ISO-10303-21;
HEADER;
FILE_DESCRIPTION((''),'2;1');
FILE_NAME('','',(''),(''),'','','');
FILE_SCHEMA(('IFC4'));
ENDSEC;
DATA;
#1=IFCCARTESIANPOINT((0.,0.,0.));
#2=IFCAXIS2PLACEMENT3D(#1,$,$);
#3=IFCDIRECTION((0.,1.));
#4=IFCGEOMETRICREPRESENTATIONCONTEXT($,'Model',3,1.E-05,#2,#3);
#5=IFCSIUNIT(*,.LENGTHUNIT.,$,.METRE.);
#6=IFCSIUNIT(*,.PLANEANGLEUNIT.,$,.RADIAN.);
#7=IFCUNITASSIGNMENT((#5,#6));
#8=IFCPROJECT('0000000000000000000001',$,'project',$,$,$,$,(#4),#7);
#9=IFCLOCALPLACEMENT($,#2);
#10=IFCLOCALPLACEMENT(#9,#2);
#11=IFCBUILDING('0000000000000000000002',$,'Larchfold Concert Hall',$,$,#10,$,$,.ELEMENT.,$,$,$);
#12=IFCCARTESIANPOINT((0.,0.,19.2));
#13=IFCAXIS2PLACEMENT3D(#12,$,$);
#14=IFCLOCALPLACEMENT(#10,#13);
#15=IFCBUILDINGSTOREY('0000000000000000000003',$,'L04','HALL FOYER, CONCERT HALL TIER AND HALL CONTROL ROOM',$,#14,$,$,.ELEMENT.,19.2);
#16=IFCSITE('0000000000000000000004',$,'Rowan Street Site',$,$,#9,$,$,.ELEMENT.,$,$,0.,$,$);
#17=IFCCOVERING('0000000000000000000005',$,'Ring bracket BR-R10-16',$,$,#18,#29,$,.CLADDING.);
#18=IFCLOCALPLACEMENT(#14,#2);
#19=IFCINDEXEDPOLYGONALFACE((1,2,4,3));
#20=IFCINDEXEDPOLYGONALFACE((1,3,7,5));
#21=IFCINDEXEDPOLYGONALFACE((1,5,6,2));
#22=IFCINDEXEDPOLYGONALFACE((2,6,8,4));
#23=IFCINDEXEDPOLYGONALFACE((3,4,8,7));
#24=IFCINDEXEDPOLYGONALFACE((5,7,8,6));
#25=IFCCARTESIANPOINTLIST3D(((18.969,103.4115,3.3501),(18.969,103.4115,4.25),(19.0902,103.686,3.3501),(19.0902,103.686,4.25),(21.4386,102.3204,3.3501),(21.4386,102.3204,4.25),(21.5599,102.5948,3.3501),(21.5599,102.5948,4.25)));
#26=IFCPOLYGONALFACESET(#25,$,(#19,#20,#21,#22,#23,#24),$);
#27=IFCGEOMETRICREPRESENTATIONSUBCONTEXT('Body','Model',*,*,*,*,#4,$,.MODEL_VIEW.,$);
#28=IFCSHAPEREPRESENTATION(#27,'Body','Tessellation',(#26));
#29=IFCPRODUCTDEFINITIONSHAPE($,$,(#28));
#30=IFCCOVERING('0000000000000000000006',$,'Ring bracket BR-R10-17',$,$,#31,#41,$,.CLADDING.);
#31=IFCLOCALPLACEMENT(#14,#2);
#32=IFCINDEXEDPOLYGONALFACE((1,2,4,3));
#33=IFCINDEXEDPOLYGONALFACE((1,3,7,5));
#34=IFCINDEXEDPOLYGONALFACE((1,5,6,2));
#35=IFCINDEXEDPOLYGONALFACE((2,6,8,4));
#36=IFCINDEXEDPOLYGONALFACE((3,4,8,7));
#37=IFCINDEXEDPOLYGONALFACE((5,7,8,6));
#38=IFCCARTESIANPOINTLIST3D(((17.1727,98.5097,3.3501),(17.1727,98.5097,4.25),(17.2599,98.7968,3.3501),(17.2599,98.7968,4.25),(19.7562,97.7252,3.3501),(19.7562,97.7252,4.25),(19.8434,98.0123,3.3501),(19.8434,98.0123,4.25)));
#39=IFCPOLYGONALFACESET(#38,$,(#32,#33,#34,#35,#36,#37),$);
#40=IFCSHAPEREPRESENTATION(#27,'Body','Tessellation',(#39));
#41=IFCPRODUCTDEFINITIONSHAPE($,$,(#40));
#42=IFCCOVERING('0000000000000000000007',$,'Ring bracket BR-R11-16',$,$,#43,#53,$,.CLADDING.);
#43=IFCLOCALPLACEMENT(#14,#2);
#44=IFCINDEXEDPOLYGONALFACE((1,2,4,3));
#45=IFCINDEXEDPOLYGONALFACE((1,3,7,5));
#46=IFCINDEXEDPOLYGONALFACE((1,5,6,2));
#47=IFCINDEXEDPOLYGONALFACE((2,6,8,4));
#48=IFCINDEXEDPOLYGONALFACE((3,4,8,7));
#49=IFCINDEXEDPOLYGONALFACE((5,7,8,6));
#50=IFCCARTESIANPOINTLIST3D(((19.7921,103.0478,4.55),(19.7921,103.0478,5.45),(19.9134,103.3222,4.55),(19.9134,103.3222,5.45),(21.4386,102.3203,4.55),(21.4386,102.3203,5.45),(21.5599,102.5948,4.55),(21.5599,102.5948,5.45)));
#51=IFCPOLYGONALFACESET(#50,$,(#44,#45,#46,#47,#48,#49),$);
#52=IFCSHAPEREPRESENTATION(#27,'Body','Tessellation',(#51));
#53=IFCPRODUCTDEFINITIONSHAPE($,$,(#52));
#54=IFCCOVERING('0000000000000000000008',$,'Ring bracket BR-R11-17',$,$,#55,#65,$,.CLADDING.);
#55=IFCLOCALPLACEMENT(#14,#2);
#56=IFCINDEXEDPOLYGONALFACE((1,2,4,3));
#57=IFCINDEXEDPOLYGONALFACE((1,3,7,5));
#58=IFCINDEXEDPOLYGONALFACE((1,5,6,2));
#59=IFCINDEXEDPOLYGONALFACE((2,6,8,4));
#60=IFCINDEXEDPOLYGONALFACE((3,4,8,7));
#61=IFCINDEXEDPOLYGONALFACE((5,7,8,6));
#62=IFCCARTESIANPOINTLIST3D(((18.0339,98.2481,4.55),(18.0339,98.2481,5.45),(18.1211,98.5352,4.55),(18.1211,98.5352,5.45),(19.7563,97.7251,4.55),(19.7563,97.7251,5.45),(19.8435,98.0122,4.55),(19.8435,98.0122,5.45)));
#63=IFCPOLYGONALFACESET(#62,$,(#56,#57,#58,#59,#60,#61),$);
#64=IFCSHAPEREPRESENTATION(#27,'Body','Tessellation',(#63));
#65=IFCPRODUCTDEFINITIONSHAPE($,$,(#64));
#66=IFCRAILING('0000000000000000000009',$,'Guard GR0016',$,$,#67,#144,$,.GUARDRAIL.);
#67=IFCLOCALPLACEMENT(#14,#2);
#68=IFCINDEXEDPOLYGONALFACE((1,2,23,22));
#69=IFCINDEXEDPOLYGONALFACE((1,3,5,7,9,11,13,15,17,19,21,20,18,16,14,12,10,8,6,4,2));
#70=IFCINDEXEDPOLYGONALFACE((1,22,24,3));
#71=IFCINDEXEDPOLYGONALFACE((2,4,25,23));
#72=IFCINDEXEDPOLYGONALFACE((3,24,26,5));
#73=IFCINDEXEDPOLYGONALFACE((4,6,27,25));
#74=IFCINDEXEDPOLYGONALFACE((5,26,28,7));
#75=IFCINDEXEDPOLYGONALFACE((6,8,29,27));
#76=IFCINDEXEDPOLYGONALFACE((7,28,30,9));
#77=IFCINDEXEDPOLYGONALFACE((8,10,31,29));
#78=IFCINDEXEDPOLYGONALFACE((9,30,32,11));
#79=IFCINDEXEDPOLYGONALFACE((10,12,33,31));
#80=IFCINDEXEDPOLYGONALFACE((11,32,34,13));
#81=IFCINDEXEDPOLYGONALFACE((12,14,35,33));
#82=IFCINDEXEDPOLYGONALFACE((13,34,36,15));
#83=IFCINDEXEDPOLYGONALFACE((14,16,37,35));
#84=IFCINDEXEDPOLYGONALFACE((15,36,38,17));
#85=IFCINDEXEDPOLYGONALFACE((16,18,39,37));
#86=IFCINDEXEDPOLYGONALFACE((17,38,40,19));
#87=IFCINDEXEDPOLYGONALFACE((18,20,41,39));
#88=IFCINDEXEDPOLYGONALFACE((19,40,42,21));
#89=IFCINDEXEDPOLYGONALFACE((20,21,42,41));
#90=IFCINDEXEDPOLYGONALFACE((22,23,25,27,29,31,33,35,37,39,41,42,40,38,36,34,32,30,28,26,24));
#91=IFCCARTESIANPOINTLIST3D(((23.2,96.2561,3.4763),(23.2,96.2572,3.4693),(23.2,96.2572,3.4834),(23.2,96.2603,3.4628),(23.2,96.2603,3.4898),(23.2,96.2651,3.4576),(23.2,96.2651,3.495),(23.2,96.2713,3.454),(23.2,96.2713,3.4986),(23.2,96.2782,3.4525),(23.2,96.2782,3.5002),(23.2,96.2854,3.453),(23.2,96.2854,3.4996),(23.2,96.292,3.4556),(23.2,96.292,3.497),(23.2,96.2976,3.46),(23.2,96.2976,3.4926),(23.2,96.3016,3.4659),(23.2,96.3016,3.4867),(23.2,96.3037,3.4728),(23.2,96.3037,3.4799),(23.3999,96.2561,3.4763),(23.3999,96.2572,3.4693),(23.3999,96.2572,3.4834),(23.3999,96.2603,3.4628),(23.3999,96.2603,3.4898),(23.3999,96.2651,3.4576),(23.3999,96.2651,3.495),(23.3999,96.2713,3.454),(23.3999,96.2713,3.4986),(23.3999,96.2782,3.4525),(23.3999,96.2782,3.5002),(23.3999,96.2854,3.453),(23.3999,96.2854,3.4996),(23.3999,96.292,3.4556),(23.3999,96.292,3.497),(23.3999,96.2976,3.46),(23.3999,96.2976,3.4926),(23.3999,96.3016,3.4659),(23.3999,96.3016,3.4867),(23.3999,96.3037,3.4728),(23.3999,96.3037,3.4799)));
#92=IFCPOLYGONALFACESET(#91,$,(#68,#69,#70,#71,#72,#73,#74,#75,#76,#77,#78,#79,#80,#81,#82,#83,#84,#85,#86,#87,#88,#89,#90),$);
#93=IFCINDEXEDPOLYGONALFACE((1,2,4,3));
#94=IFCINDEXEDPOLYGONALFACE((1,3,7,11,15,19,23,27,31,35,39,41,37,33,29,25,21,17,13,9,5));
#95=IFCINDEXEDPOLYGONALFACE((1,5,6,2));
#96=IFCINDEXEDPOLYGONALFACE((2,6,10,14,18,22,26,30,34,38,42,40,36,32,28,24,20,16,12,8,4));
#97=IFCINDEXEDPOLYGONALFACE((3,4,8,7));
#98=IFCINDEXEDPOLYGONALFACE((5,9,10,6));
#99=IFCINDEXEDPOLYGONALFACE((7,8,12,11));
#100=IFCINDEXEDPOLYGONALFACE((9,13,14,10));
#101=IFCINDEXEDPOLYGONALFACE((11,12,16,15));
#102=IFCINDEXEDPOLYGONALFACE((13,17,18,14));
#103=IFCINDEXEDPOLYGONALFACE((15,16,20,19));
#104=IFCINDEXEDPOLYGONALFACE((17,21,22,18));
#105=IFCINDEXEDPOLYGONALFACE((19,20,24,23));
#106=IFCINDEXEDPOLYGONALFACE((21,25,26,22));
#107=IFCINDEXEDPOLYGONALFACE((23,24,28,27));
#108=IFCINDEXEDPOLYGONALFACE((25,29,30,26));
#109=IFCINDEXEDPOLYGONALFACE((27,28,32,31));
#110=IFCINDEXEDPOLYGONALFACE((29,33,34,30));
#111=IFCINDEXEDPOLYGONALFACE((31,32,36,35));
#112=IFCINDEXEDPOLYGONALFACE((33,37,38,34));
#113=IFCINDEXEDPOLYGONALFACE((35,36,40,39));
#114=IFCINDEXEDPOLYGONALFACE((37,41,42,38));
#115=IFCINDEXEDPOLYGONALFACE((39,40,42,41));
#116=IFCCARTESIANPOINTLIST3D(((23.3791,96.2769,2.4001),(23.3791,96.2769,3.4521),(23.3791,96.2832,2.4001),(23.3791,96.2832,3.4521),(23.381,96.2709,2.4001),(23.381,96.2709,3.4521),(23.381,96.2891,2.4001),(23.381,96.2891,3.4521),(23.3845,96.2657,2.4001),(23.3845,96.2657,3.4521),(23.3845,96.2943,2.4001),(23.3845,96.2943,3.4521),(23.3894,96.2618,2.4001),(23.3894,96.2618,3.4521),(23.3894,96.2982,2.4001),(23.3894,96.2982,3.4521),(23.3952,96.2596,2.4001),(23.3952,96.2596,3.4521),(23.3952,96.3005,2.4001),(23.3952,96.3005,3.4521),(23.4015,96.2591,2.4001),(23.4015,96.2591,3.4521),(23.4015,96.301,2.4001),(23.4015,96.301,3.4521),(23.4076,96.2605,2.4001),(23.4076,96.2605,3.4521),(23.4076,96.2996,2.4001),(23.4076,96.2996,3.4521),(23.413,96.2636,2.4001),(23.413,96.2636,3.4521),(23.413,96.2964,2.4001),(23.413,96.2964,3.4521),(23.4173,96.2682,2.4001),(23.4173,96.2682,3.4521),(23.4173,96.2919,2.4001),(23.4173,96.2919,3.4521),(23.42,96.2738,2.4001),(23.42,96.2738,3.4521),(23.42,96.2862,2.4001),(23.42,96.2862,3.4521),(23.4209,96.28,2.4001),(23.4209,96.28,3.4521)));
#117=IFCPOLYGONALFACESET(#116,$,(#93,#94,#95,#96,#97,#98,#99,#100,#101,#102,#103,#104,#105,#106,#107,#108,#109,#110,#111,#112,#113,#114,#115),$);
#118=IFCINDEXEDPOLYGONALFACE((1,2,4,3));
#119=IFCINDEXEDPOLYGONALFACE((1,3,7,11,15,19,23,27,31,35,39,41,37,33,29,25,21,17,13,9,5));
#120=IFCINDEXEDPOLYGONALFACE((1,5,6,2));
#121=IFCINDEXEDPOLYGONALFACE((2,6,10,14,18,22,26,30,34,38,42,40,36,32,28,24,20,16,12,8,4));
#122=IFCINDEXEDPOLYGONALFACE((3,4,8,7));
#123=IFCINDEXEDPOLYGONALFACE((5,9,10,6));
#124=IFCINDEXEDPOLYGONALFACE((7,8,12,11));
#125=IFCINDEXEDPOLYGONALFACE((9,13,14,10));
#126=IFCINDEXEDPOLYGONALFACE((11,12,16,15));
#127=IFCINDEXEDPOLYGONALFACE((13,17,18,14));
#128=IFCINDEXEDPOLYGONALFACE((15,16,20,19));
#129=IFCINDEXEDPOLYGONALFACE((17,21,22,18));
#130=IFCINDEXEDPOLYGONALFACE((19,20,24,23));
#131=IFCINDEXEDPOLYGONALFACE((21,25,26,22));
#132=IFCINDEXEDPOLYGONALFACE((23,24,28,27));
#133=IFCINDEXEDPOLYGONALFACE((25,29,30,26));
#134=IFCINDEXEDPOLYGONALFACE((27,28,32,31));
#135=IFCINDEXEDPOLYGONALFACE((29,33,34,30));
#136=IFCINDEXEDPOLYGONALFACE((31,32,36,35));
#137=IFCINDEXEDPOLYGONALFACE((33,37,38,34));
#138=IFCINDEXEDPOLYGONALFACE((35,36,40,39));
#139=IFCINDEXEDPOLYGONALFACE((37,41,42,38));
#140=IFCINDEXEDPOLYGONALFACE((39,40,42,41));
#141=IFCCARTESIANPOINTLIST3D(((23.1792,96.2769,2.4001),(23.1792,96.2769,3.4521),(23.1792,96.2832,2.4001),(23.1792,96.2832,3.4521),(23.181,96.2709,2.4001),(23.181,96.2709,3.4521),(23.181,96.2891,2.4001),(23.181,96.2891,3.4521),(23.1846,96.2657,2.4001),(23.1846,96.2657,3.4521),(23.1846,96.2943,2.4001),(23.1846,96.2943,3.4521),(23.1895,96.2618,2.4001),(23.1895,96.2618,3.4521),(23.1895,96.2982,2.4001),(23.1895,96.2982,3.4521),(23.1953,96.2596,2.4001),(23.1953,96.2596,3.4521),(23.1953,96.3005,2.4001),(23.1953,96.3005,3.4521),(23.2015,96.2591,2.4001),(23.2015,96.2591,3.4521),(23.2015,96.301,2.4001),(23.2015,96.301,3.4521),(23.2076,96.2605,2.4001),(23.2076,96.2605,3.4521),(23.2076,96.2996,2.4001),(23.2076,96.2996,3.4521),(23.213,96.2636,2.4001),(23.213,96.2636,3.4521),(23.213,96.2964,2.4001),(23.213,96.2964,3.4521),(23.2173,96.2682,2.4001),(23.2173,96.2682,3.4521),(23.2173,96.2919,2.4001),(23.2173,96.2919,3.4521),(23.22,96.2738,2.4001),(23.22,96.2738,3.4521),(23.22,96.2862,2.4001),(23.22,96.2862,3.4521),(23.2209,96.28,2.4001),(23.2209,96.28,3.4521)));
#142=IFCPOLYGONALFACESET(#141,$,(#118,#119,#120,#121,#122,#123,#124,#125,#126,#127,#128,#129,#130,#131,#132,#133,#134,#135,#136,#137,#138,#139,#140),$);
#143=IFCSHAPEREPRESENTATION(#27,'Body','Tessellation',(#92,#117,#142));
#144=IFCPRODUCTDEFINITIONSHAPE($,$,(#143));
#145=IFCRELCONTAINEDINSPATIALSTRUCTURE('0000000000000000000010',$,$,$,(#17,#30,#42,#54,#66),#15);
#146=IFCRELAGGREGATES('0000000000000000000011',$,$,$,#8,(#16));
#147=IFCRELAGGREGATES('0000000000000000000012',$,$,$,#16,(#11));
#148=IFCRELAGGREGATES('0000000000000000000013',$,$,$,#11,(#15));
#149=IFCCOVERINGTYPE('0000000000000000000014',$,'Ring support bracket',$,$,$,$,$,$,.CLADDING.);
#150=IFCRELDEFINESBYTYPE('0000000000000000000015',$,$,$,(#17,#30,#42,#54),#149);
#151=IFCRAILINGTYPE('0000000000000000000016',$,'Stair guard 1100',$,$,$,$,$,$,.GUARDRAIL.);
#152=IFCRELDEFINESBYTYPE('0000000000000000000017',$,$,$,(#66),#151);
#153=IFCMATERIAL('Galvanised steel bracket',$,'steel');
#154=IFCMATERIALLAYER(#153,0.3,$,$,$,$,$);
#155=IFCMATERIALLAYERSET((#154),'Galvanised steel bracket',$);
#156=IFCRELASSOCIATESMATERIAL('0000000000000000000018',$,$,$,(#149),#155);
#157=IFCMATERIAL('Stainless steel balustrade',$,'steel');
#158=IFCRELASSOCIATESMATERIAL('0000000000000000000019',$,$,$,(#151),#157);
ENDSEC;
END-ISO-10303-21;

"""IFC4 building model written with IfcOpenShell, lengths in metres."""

from ifc_helpers import new_model, si_unit, direction, frame, origin, origin_2d, place, context, subcontext, project, spatial, rectangle, circle, extrude, material, layer, layer_set, type_object, element, save


model = new_model("IFC4")

# Units and contexts
model_context = context("Model", 3, precision=1e-05, world=origin(), true_north=direction((0.0, 1.0)))
body_context = subcontext(model_context, "Body", "Model", "MODEL_VIEW")
ifc_project = project(units=[si_unit("LENGTHUNIT", "METRE"), si_unit("PLANEANGLEUNIT", "RADIAN")], contexts=[model_context])

# Site, building, storey
site_placement = place(None, origin())
site = spatial("IfcSite", under=ifc_project, at=site_placement, Name="Rowan Street Site", CompositionType="ELEMENT", RefElevation=0.0)
building_placement = place(site_placement, origin())
building = spatial("IfcBuilding", under=site, at=building_placement, Name="Larchfold Concert Hall", CompositionType="ELEMENT")
storey_placement = place(building_placement, frame((0.0, 0.0, 19.2)))
storey = spatial("IfcBuildingStorey", under=building, at=storey_placement, Name="L04", Description="HALL FOYER, CONCERT HALL TIER AND HALL CONTROL ROOM", CompositionType="ELEMENT", Elevation=19.2)

# Coverings
ifc_material_1 = material(Name="Galvanised steel bracket", Category="steel")
ifc_layer_1 = layer(ifc_material_1, 0.3)
ifc_layer_set_1 = layer_set([ifc_layer_1], Name="Galvanised steel bracket")
covering_type = type_object("IfcCoveringType", Name="Ring support bracket", PredefinedType="CLADDING", material=ifc_layer_set_1)
for number, where, z_axis, x_axis, name in (
    (1, (20.2644, 103.0032, 3.3501), (0.0, 0.0, 1.0), (-0.914701, 0.404131, 0.0), "Ring bracket BR-R10-16"),
    (2, (18.5081, 98.261, 3.3501), (0.0, 0.0, 1.0), (-0.956855, 0.290566, 0.0), "Ring bracket BR-R10-17"),
):
    element("IfcCovering", number, at=place(storey_placement, frame(where, z_axis=z_axis, x_axis=x_axis)), inside=storey, type_object=covering_type, Name=name, PredefinedType="CLADDING", context=body_context, shape_type="SweptSolid", body=[
        extrude(rectangle(XDim=2.7, YDim=0.3, at=origin_2d()), origin(), (0.0, 0.0, 1.0), 0.8999),
    ])
for number, where, z_axis, x_axis, name in (
    (3, (20.676, 102.8213, 4.55), (0.0, 0.0, 1.0), (-0.914701, 0.404131, 0.0), "Ring bracket BR-R11-16"),
    (4, (18.9387, 98.1301, 4.55), (0.0, 0.0, 1.0), (-0.956855, 0.290566, 0.0), "Ring bracket BR-R11-17"),
):
    element("IfcCovering", number, at=place(storey_placement, frame(where, z_axis=z_axis, x_axis=x_axis)), inside=storey, type_object=covering_type, Name=name, PredefinedType="CLADDING", context=body_context, shape_type="SweptSolid", body=[
        extrude(rectangle(XDim=1.8, YDim=0.3, at=origin_2d()), origin(), (0.0, 0.0, 1.0), 0.8999),
    ])

# Railing
ifc_material_2 = material(Name="Stainless steel balustrade", Category="steel")
railing_type_1 = type_object("IfcRailingType", Name="Stair guard 1100", PredefinedType="GUARDRAIL", material=ifc_material_2)
railing_1_placement = place(storey_placement, frame((23.3999, 96.28, 2.4001)))
element("IfcRailing", 5, at=railing_1_placement, inside=storey, type_object=railing_type_1, Name="Guard GR0016", PredefinedType="GUARDRAIL", context=body_context, shape_type="SweptSolid", body=[
    extrude(circle(Radius=0.0239, at=origin_2d()), frame((0.0, 0.0, 1.0762), z_axis=(-1.0, 0.0, 0.0), x_axis=(0.0, -1.0, 0.0)), (0.0, 0.0, 1.0), 0.2),
    extrude(circle(Radius=0.021, at=origin_2d()), origin(), (0.0, 0.0, 1.0), 1.052),
    extrude(circle(Radius=0.021, at=origin_2d()), frame((-0.2, 0.0, 0.0)), (0.0, 0.0, 1.0), 1.052),
])

save(model, "model.ifc")
